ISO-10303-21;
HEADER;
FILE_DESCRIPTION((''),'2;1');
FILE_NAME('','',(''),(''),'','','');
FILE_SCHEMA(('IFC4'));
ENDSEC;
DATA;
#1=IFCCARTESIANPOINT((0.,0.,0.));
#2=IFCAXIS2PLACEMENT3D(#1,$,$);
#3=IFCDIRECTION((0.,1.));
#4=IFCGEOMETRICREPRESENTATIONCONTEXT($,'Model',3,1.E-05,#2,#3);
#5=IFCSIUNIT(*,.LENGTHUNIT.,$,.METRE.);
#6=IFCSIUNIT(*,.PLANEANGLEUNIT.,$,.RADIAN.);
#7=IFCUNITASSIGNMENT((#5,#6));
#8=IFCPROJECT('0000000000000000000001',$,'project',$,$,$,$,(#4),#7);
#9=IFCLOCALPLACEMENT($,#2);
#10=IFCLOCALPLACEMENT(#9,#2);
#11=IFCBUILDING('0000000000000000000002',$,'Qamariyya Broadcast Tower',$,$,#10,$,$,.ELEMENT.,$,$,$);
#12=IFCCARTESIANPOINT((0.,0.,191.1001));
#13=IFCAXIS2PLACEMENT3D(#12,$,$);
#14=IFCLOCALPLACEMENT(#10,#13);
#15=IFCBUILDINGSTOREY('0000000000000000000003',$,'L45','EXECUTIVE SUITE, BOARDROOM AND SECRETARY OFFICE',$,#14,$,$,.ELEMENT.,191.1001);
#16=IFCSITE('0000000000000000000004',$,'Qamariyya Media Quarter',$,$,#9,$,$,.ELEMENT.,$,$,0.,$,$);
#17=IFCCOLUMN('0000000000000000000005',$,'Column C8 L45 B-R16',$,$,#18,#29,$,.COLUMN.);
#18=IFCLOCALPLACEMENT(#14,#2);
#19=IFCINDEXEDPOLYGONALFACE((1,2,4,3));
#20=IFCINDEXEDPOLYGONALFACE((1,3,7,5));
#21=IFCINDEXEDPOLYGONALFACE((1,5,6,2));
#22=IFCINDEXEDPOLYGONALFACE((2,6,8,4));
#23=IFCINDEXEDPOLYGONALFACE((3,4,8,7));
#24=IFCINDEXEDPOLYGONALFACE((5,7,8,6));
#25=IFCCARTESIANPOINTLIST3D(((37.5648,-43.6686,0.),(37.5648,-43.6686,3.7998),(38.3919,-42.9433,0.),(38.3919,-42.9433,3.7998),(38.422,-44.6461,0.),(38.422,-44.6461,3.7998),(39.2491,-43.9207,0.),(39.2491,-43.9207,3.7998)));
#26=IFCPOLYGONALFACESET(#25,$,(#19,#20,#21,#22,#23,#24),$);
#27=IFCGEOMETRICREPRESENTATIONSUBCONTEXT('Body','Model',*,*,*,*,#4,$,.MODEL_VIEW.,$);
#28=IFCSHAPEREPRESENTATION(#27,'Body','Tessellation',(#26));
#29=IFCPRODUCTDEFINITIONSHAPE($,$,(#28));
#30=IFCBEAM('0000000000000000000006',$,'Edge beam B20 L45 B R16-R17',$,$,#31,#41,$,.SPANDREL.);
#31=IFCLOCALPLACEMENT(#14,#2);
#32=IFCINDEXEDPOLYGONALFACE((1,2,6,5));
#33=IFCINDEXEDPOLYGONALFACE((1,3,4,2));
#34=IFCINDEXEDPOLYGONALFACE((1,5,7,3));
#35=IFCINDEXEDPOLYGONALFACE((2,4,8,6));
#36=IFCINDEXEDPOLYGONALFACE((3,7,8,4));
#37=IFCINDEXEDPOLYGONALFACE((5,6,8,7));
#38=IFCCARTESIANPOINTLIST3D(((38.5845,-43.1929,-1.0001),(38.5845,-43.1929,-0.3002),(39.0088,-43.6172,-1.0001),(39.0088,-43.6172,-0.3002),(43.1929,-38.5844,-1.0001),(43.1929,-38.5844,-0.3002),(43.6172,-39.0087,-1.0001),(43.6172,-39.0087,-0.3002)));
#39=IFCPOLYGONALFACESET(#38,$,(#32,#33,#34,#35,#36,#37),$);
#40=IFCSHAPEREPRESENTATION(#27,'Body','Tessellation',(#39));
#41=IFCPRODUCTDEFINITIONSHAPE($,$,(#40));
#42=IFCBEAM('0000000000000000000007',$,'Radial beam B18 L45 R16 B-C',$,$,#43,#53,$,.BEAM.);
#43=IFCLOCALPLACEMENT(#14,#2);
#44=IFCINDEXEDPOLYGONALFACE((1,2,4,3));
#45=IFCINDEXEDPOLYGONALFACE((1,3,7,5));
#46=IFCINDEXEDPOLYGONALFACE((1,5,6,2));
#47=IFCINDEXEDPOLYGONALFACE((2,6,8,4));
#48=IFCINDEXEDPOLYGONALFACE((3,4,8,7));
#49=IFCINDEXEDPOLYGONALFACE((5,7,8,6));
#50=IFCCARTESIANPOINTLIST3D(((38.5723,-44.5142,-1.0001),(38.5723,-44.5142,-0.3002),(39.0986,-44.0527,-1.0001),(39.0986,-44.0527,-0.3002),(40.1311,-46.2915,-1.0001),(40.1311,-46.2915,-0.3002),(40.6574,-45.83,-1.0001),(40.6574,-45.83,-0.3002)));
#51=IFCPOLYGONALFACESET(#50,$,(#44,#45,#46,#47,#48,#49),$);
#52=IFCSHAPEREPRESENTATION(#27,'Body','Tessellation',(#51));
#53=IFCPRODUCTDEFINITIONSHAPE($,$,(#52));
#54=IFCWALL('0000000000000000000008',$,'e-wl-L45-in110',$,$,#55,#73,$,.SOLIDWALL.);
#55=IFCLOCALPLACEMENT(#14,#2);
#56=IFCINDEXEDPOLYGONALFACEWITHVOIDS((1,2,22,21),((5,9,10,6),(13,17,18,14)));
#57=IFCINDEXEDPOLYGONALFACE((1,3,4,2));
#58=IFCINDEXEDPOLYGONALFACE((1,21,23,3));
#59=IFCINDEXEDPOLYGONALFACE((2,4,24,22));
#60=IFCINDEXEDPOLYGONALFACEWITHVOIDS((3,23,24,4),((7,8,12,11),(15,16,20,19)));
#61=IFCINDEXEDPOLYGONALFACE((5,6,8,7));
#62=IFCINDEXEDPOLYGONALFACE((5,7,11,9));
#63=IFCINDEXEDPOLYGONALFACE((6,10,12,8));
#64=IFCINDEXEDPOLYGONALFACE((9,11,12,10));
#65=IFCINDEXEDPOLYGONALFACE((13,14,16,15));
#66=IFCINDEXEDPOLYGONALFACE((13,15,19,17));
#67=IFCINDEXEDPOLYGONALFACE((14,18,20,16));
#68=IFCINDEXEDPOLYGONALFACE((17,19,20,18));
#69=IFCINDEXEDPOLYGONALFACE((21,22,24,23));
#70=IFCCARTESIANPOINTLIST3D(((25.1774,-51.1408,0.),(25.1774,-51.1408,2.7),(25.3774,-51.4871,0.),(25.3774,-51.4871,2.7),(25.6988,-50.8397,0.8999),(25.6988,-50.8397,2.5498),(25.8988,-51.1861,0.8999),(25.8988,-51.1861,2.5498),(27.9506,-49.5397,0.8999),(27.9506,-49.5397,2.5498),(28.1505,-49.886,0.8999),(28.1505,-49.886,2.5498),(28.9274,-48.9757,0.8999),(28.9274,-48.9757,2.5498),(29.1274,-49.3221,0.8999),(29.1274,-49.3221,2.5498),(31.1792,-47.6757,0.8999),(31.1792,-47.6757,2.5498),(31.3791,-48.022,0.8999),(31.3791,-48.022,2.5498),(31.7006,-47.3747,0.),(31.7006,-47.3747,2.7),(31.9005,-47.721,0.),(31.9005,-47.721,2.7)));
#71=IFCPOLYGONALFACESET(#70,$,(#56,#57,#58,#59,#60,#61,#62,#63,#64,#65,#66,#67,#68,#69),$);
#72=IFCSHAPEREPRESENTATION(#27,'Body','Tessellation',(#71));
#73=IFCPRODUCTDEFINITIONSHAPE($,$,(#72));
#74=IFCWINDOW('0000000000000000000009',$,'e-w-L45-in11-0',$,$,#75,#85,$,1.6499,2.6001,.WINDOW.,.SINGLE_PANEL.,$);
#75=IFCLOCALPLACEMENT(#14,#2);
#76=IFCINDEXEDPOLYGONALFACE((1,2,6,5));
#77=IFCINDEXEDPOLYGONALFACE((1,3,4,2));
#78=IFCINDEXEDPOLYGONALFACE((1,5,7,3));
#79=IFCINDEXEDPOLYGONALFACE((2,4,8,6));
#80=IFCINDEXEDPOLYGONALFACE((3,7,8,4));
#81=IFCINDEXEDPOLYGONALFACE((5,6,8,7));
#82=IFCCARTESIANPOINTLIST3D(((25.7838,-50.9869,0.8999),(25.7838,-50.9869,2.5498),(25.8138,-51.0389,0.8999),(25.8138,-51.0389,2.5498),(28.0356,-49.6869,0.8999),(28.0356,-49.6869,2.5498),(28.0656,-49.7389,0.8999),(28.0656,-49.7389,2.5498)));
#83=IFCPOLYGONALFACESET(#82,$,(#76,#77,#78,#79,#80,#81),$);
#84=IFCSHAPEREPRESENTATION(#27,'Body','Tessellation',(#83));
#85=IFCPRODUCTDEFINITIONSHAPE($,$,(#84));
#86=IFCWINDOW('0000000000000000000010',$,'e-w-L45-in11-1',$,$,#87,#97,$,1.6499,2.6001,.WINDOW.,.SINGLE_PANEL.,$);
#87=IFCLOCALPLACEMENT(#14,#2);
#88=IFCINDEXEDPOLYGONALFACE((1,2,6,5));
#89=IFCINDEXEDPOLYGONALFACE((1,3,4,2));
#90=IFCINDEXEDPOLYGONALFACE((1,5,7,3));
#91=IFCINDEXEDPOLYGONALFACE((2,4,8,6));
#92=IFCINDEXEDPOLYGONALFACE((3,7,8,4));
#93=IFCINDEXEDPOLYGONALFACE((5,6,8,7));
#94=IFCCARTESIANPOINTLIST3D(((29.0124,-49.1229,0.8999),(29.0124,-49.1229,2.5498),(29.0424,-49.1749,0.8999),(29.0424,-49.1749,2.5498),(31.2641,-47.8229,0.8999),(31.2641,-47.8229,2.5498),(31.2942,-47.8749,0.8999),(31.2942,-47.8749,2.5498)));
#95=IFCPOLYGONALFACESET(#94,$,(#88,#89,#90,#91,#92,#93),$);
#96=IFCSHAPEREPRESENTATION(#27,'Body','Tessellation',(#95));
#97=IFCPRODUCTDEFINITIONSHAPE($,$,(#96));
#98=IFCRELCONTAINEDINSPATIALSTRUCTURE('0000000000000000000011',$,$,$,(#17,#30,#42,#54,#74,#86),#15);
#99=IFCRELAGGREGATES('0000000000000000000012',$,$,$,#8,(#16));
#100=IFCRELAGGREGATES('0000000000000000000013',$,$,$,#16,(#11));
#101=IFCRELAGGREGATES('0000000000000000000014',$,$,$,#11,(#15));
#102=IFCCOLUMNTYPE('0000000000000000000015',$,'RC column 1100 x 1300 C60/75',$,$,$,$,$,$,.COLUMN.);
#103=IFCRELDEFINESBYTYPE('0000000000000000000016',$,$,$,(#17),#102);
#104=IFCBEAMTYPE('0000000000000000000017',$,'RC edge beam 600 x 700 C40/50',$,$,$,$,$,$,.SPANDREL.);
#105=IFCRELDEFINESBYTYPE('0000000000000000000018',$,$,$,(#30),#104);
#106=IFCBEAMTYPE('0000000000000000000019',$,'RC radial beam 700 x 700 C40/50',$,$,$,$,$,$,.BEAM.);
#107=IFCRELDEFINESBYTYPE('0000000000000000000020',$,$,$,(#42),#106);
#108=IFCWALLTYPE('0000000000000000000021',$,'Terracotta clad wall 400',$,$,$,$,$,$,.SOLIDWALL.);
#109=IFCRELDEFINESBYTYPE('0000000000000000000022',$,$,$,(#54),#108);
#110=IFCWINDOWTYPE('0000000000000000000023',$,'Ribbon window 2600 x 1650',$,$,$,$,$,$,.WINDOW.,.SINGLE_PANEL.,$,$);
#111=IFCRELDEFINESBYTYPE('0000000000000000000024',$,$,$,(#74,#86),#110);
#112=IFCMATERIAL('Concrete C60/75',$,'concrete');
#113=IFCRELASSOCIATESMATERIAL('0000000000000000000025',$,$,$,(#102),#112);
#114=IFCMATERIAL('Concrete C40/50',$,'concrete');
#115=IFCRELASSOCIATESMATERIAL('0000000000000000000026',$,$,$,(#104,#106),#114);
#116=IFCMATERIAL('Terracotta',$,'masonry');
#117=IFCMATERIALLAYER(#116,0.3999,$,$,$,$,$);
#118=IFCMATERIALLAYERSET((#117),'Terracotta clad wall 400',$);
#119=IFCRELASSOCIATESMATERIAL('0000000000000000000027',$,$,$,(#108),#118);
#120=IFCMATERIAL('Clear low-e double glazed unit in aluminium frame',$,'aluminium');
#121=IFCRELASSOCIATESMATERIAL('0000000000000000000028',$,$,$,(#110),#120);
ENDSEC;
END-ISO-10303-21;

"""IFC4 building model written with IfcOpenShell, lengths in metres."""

from ifc_helpers import new_model, si_unit, direction, frame, frame_2d, origin, origin_2d, place, context, subcontext, project, spatial, rectangle, extrude, material, layer, layer_set, material_profile, profile_set, type_object, element, fill, save


model = new_model("IFC4")

# Units and contexts
model_context = context("Model", 3, precision=1e-05, world=origin(), true_north=direction((0.0, 1.0)))
body_context = subcontext(model_context, "Body", "Model", "MODEL_VIEW")
ifc_project = project(units=[si_unit("LENGTHUNIT", "METRE"), si_unit("PLANEANGLEUNIT", "RADIAN")], contexts=[model_context])

# Site, building, storey
site_placement = place(None, origin())
site = spatial("IfcSite", under=ifc_project, at=site_placement, Name="Qamariyya Media Quarter", CompositionType="ELEMENT", RefElevation=0.0)
building_placement = place(site_placement, origin())
building = spatial("IfcBuilding", under=site, at=building_placement, Name="Qamariyya Broadcast Tower", CompositionType="ELEMENT")
storey_placement = place(building_placement, frame((0.0, 0.0, 191.1001)))
storey = spatial("IfcBuildingStorey", under=building, at=storey_placement, Name="L45", Description="EXECUTIVE SUITE, BOARDROOM AND SECRETARY OFFICE", CompositionType="ELEMENT", Elevation=191.1001)

# Column
ifc_material_1 = material(Name="Concrete C60/75", Category="concrete")
ifc_material_profile_1 = material_profile(ifc_material_1, rectangle(XDim=1.1001, YDim=1.3, at=origin_2d()))
ifc_profile_set_1 = profile_set([ifc_material_profile_1], Name="Concrete C60/75")
column_type = type_object("IfcColumnType", Name="RC column 1100 x 1300 C60/75", PredefinedType="COLUMN", material=ifc_profile_set_1)
column_placement = place(storey_placement, frame((38.407, -43.7947, 0.0), z_axis=(0.0, 0.0, 1.0), x_axis=(0.75184, 0.659346, 0.0)))
element("IfcColumn", 1, at=column_placement, inside=storey, type_object=column_type, Name="Column C8 L45 B-R16", PredefinedType="COLUMN", context=body_context, shape_type="SweptSolid", body=[
    extrude(rectangle(XDim=1.1001, YDim=1.3, at=origin_2d()), origin(), (0.0, 0.0, 1.0), 3.7998),
])

# Beams
ifc_material_2 = material(Name="Concrete C40/50", Category="concrete")
ifc_material_profile_2 = material_profile(ifc_material_2, rectangle(XDim=0.6001, YDim=0.7, at=origin_2d()))
ifc_profile_set_2 = profile_set([ifc_material_profile_2], Name="Concrete C40/50")
beam_type_1 = type_object("IfcBeamType", Name="RC edge beam 600 x 700 C40/50", PredefinedType="SPANDREL", material=ifc_profile_set_2)
beam_1_placement = place(storey_placement, frame((38.7966, -43.405, -0.6501), z_axis=(0.707107, 0.707107, 0.0), x_axis=(-0.707107, 0.707107, 0.0)))
element("IfcBeam", 2, at=beam_1_placement, inside=storey, type_object=beam_type_1, Name="Edge beam B20 L45 B R16-R17", PredefinedType="SPANDREL", context=body_context, shape_type="SweptSolid", body=[
    extrude(rectangle(XDim=0.6001, YDim=0.7, at=origin_2d()), origin(), (0.0, 0.0, 1.0), 6.5173),
])
ifc_material_profile_3 = material_profile(ifc_material_2, rectangle(XDim=0.7, YDim=0.7, at=origin_2d()))
ifc_profile_set_3 = profile_set([ifc_material_profile_3], Name="Concrete C40/50")
beam_type_2 = type_object("IfcBeamType", Name="RC radial beam 700 x 700 C40/50", PredefinedType="BEAM", material=ifc_profile_set_3)
beam_2_placement = place(storey_placement, frame((38.8354, -44.2834, -0.6501), z_axis=(0.659382, -0.751809, 0.0), x_axis=(0.751809, 0.659382, 0.0)))
element("IfcBeam", 3, at=beam_2_placement, inside=storey, type_object=beam_type_2, Name="Radial beam B18 L45 R16 B-C", PredefinedType="BEAM", context=body_context, shape_type="SweptSolid", body=[
    extrude(rectangle(XDim=0.7, YDim=0.7, at=origin_2d()), origin(), (0.0, 0.0, 1.0), 2.364),
])

# Wall, openings, windows
ifc_material_3 = material(Name="Terracotta", Category="masonry")
ifc_layer = layer(ifc_material_3, 0.3999)
ifc_layer_set = layer_set([ifc_layer], Name="Terracotta clad wall 400")
wall_type = type_object("IfcWallType", Name="Terracotta clad wall 400", PredefinedType="SOLIDWALL", material=ifc_layer_set)
wall_placement = place(storey_placement, frame((31.8005, -47.5479, 0.0), z_axis=(0.0, 0.0, 1.0), x_axis=(-0.866029, -0.499995, 0.0)))
wall = element("IfcWall", 4, at=wall_placement, inside=storey, type_object=wall_type, Name="e-wl-L45-in110", PredefinedType="SOLIDWALL", context=body_context, shape_type="SweptSolid", body=[
    extrude(rectangle(XDim=7.5322, YDim=0.3999, at=frame_2d((3.7661, 0.0))), origin(), (0.0, 0.0, 1.0), 2.7),
])
opening_1_placement = place(wall_placement, frame((4.3301, 0.0, 0.8999)))
opening_1 = element("IfcOpeningElement", 5, at=opening_1_placement, cuts=wall, PredefinedType="OPENING", context=body_context, shape_type="SweptSolid", body=[
    extrude(rectangle(XDim=2.6001, YDim=1.6499, at=frame_2d((1.3, 0.825))), frame((0.0, 0.21, 0.0), z_axis=(0.0, -1.0, 0.0), x_axis=(1.0, 0.0, 0.0)), (0.0, 0.0, 1.0), 0.4199),
])
opening_2_placement = place(wall_placement, frame((0.6021, 0.0, 0.8999)))
opening_2 = element("IfcOpeningElement", 6, at=opening_2_placement, cuts=wall, PredefinedType="OPENING", context=body_context, shape_type="SweptSolid", body=[
    extrude(rectangle(XDim=2.6001, YDim=1.6499, at=frame_2d((1.3, 0.825))), frame((0.0, 0.21, 0.0), z_axis=(0.0, -1.0, 0.0), x_axis=(1.0, 0.0, 0.0)), (0.0, 0.0, 1.0), 0.4199),
])
ifc_material_4 = material(Name="Clear low-e double glazed unit in aluminium frame", Category="aluminium")
window_type = type_object("IfcWindowType", Name="Ribbon window 2600 x 1650", PartitioningType="SINGLE_PANEL", PredefinedType="WINDOW", material=ifc_material_4)
window_1_placement = place(opening_1_placement, origin())
window_1 = element("IfcWindow", 7, at=window_1_placement, inside=storey, type_object=window_type, Name="e-w-L45-in11-0", OverallHeight=1.6499, OverallWidth=2.6001, PartitioningType="SINGLE_PANEL", PredefinedType="WINDOW", context=body_context, shape_type="SweptSolid", body=[
    extrude(rectangle(XDim=2.6001, YDim=1.6499, at=frame_2d((1.3, 0.825))), frame((0.0, 0.03, 0.0), z_axis=(0.0, -1.0, 0.0), x_axis=(1.0, 0.0, 0.0)), (0.0, 0.0, 1.0), 0.0601),
])
fill(opening_1, window_1)
window_2_placement = place(opening_2_placement, origin())
window_2 = element("IfcWindow", 8, at=window_2_placement, inside=storey, type_object=window_type, Name="e-w-L45-in11-1", OverallHeight=1.6499, OverallWidth=2.6001, PartitioningType="SINGLE_PANEL", PredefinedType="WINDOW", context=body_context, shape_type="SweptSolid", body=[
    extrude(rectangle(XDim=2.6001, YDim=1.6499, at=frame_2d((1.3, 0.825))), frame((0.0, 0.03, 0.0), z_axis=(0.0, -1.0, 0.0), x_axis=(1.0, 0.0, 0.0)), (0.0, 0.0, 1.0), 0.0601),
])
fill(opening_2, window_2)

save(model, "model.ifc")
